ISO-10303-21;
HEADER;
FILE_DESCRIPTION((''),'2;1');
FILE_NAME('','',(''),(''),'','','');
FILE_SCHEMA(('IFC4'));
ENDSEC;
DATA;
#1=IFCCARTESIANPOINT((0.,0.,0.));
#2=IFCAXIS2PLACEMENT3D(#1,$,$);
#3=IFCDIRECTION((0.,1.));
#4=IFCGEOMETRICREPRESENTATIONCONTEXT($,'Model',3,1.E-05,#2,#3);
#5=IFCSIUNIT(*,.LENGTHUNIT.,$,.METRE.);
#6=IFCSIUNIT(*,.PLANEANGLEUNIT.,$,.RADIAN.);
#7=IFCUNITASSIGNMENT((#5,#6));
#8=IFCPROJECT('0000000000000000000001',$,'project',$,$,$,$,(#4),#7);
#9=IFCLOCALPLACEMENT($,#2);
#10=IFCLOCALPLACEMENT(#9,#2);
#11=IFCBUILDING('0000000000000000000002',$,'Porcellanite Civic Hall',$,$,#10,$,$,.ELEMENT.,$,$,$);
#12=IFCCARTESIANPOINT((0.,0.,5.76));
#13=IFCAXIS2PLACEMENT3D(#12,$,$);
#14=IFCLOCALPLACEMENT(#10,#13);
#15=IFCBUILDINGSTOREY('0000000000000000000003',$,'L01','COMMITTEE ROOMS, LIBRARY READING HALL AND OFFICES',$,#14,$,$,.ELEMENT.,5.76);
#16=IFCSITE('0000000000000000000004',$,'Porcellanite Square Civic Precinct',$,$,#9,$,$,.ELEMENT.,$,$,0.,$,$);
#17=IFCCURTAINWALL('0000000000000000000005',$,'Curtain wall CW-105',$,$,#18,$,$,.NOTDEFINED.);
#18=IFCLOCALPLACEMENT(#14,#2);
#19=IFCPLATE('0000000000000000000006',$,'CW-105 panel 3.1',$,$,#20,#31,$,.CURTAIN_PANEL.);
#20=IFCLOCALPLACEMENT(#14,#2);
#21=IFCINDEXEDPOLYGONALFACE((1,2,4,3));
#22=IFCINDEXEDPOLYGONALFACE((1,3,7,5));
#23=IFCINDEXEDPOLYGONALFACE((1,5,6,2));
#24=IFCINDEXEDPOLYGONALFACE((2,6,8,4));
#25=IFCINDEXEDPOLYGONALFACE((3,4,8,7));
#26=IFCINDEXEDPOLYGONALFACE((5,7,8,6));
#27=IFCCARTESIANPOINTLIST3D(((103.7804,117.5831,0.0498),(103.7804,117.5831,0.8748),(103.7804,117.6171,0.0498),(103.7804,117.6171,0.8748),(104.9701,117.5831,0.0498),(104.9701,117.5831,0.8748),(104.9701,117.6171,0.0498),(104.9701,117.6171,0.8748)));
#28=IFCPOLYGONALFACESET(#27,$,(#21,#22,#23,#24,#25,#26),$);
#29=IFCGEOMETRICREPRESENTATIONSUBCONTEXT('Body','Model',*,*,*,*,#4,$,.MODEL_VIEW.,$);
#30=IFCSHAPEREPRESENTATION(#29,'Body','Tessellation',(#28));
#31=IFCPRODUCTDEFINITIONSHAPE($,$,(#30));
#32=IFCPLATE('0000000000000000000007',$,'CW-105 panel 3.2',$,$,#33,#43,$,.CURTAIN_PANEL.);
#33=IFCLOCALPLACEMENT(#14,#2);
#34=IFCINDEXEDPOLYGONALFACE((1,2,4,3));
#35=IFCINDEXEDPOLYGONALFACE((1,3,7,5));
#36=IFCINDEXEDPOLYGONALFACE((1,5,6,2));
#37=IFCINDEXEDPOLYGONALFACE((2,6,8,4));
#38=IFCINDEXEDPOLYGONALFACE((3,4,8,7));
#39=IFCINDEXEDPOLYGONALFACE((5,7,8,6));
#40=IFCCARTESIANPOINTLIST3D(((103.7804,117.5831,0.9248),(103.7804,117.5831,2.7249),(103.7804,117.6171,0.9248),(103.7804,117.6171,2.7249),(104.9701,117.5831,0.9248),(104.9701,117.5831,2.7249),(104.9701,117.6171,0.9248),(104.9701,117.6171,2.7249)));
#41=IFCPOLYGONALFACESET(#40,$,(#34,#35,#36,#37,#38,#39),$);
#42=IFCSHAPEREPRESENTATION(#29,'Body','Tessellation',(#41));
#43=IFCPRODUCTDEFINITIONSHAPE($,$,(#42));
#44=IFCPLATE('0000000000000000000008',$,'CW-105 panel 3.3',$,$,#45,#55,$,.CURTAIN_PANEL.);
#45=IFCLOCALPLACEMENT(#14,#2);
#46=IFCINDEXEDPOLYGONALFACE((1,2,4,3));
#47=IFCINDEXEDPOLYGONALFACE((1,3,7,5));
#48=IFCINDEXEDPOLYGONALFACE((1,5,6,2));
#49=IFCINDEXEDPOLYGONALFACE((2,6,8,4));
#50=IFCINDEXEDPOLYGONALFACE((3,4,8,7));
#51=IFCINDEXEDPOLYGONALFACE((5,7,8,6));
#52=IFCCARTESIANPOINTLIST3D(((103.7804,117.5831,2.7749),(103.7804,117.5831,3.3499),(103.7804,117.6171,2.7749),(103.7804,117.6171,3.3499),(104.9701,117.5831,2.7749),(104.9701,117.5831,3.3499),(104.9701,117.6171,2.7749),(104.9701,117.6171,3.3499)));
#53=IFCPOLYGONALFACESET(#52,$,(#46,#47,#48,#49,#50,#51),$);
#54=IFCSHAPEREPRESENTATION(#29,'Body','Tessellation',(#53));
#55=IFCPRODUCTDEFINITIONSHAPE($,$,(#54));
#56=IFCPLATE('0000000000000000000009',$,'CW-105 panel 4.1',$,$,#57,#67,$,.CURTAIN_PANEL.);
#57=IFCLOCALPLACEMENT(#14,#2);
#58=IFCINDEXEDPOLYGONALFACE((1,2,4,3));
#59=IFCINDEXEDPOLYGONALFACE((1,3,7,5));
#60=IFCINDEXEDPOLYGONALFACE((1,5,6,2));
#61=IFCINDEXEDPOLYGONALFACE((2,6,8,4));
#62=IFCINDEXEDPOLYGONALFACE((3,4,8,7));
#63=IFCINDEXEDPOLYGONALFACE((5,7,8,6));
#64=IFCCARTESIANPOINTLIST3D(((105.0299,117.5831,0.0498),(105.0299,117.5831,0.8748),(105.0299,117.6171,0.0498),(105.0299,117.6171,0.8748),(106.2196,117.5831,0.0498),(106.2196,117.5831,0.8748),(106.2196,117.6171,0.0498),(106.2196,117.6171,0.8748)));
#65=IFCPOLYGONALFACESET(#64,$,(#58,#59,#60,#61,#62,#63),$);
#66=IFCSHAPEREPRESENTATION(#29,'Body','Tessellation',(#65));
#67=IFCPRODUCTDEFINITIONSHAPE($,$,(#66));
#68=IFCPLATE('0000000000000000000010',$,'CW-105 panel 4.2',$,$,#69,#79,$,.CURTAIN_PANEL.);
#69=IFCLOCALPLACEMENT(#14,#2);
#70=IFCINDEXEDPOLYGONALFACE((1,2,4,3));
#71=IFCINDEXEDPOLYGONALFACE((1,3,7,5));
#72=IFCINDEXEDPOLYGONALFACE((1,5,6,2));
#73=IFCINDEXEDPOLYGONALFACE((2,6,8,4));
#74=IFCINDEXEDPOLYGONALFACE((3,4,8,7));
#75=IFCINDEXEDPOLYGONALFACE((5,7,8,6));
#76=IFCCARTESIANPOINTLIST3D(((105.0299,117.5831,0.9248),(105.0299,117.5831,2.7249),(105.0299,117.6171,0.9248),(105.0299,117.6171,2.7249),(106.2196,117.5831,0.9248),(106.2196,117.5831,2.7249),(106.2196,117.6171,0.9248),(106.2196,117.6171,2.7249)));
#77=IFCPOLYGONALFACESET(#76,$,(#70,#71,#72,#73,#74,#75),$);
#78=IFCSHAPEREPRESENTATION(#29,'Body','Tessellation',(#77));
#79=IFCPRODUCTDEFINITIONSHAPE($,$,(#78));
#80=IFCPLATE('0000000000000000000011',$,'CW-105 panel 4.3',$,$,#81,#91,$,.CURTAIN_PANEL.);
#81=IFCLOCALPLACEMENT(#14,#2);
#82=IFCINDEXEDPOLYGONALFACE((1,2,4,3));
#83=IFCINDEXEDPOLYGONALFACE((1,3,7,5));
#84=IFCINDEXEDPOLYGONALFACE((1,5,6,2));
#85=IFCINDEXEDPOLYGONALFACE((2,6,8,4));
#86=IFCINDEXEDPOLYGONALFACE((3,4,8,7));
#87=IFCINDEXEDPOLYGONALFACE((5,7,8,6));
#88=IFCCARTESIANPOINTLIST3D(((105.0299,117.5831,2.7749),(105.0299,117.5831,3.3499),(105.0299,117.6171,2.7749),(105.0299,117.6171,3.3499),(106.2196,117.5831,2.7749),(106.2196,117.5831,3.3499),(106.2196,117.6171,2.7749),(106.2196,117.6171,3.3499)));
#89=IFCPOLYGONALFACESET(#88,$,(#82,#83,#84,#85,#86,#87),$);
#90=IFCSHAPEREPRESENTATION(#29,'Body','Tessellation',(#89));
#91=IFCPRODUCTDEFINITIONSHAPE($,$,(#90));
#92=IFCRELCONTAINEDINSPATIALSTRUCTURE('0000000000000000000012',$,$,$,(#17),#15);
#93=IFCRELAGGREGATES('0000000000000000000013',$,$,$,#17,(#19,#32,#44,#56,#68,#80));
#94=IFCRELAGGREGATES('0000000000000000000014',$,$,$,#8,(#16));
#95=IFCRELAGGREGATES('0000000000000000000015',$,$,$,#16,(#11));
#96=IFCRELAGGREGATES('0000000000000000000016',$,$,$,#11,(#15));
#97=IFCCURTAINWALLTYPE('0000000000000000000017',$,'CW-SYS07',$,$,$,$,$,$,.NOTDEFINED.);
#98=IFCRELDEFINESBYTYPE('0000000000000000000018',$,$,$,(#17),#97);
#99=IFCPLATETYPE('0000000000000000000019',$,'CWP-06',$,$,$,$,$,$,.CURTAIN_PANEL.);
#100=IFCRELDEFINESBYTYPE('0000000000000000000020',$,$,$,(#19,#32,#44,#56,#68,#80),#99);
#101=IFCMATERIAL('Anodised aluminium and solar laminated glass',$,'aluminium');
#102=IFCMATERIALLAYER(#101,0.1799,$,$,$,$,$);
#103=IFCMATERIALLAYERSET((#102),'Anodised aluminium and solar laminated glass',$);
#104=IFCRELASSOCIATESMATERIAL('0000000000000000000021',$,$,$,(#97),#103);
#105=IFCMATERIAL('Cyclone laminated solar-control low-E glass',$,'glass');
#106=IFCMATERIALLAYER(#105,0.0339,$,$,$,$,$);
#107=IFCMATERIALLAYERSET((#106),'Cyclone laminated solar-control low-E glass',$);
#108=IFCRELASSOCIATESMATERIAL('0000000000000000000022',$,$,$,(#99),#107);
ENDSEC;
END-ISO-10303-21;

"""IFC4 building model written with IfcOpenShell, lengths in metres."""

from ifc_helpers import new_model, si_unit, direction, frame, origin, origin_2d, place, context, subcontext, project, spatial, rectangle, extrude, material, layer, layer_set, type_object, element, aggregate, save


model = new_model("IFC4")

# Units and contexts
model_context = context("Model", 3, precision=1e-05, world=origin(), true_north=direction((0.0, 1.0)))
body_context = subcontext(model_context, "Body", "Model", "MODEL_VIEW")
ifc_project = project(units=[si_unit("LENGTHUNIT", "METRE"), si_unit("PLANEANGLEUNIT", "RADIAN")], contexts=[model_context])

# Site, building, storey
site_placement = place(None, origin())
site = spatial("IfcSite", under=ifc_project, at=site_placement, Name="Porcellanite Square Civic Precinct", CompositionType="ELEMENT", RefElevation=0.0)
building_placement = place(site_placement, origin())
building = spatial("IfcBuilding", under=site, at=building_placement, Name="Porcellanite Civic Hall", CompositionType="ELEMENT")
storey_placement = place(building_placement, frame((0.0, 0.0, 5.76)))
storey = spatial("IfcBuildingStorey", under=building, at=storey_placement, Name="L01", Description="COMMITTEE ROOMS, LIBRARY READING HALL AND OFFICES", CompositionType="ELEMENT", Elevation=5.76)

# Curtain wall
ifc_material_1 = material(Name="Anodised aluminium and solar laminated glass", Category="aluminium")
ifc_layer_1 = layer(ifc_material_1, 0.1799)
ifc_layer_set_1 = layer_set([ifc_layer_1], Name="Anodised aluminium and solar laminated glass")
curtain_wall_type = type_object("IfcCurtainWallType", Name="CW-SYS07", PredefinedType="NOTDEFINED", material=ifc_layer_set_1)
curtain_wall_placement = place(storey_placement, origin())
curtain_wall = element("IfcCurtainWall", 1, at=curtain_wall_placement, inside=storey, type_object=curtain_wall_type, Name="Curtain wall CW-105", PredefinedType="NOTDEFINED")

# Plates
ifc_material_2 = material(Name="Cyclone laminated solar-control low-E glass", Category="glass")
ifc_layer_2 = layer(ifc_material_2, 0.0339)
ifc_layer_set_2 = layer_set([ifc_layer_2], Name="Cyclone laminated solar-control low-E glass")
plate_type = type_object("IfcPlateType", Name="CWP-06", PredefinedType="CURTAIN_PANEL", material=ifc_layer_set_2)
plate_1_placement = place(storey_placement, frame((104.3752, 117.6001, 0.0498), z_axis=(0.0, 0.0, 1.0), x_axis=(1.0, 0.0, 0.0)))
plate_1 = element("IfcPlate", 2, at=plate_1_placement, type_object=plate_type, Name="CW-105 panel 3.1", PredefinedType="CURTAIN_PANEL", context=body_context, shape_type="SweptSolid", body=[
    extrude(rectangle(XDim=1.1897, YDim=0.0339, at=origin_2d()), origin(), (0.0, 0.0, 1.0), 0.825),
])
plate_2_placement = place(storey_placement, frame((104.3752, 117.6001, 0.9248), z_axis=(0.0, 0.0, 1.0), x_axis=(1.0, 0.0, 0.0)))
plate_2 = element("IfcPlate", 3, at=plate_2_placement, type_object=plate_type, Name="CW-105 panel 3.2", PredefinedType="CURTAIN_PANEL", context=body_context, shape_type="SweptSolid", body=[
    extrude(rectangle(XDim=1.1897, YDim=0.0339, at=origin_2d()), origin(), (0.0, 0.0, 1.0), 1.8),
])
plate_3_placement = place(storey_placement, frame((104.3752, 117.6001, 2.7749), z_axis=(0.0, 0.0, 1.0), x_axis=(1.0, 0.0, 0.0)))
plate_3 = element("IfcPlate", 4, at=plate_3_placement, type_object=plate_type, Name="CW-105 panel 3.3", PredefinedType="CURTAIN_PANEL", context=body_context, shape_type="SweptSolid", body=[
    extrude(rectangle(XDim=1.1897, YDim=0.0339, at=origin_2d()), origin(), (0.0, 0.0, 1.0), 0.575),
])
plate_4_placement = place(storey_placement, frame((105.6248, 117.6001, 0.0498), z_axis=(0.0, 0.0, 1.0), x_axis=(1.0, 0.0, 0.0)))
plate_4 = element("IfcPlate", 5, at=plate_4_placement, type_object=plate_type, Name="CW-105 panel 4.1", PredefinedType="CURTAIN_PANEL", context=body_context, shape_type="SweptSolid", body=[
    extrude(rectangle(XDim=1.1897, YDim=0.0339, at=origin_2d()), origin(), (0.0, 0.0, 1.0), 0.825),
])
plate_5_placement = place(storey_placement, frame((105.6248, 117.6001, 0.9248), z_axis=(0.0, 0.0, 1.0), x_axis=(1.0, 0.0, 0.0)))
plate_5 = element("IfcPlate", 6, at=plate_5_placement, type_object=plate_type, Name="CW-105 panel 4.2", PredefinedType="CURTAIN_PANEL", context=body_context, shape_type="SweptSolid", body=[
    extrude(rectangle(XDim=1.1897, YDim=0.0339, at=origin_2d()), origin(), (0.0, 0.0, 1.0), 1.8),
])
plate_6_placement = place(storey_placement, frame((105.6248, 117.6001, 2.7749), z_axis=(0.0, 0.0, 1.0), x_axis=(1.0, 0.0, 0.0)))
plate_6 = element("IfcPlate", 7, at=plate_6_placement, type_object=plate_type, Name="CW-105 panel 4.3", PredefinedType="CURTAIN_PANEL", context=body_context, shape_type="SweptSolid", body=[
    extrude(rectangle(XDim=1.1897, YDim=0.0339, at=origin_2d()), origin(), (0.0, 0.0, 1.0), 0.575),
])
aggregate(curtain_wall, [plate_1, plate_2, plate_3, plate_4, plate_5, plate_6])

save(model, "model.ifc")
